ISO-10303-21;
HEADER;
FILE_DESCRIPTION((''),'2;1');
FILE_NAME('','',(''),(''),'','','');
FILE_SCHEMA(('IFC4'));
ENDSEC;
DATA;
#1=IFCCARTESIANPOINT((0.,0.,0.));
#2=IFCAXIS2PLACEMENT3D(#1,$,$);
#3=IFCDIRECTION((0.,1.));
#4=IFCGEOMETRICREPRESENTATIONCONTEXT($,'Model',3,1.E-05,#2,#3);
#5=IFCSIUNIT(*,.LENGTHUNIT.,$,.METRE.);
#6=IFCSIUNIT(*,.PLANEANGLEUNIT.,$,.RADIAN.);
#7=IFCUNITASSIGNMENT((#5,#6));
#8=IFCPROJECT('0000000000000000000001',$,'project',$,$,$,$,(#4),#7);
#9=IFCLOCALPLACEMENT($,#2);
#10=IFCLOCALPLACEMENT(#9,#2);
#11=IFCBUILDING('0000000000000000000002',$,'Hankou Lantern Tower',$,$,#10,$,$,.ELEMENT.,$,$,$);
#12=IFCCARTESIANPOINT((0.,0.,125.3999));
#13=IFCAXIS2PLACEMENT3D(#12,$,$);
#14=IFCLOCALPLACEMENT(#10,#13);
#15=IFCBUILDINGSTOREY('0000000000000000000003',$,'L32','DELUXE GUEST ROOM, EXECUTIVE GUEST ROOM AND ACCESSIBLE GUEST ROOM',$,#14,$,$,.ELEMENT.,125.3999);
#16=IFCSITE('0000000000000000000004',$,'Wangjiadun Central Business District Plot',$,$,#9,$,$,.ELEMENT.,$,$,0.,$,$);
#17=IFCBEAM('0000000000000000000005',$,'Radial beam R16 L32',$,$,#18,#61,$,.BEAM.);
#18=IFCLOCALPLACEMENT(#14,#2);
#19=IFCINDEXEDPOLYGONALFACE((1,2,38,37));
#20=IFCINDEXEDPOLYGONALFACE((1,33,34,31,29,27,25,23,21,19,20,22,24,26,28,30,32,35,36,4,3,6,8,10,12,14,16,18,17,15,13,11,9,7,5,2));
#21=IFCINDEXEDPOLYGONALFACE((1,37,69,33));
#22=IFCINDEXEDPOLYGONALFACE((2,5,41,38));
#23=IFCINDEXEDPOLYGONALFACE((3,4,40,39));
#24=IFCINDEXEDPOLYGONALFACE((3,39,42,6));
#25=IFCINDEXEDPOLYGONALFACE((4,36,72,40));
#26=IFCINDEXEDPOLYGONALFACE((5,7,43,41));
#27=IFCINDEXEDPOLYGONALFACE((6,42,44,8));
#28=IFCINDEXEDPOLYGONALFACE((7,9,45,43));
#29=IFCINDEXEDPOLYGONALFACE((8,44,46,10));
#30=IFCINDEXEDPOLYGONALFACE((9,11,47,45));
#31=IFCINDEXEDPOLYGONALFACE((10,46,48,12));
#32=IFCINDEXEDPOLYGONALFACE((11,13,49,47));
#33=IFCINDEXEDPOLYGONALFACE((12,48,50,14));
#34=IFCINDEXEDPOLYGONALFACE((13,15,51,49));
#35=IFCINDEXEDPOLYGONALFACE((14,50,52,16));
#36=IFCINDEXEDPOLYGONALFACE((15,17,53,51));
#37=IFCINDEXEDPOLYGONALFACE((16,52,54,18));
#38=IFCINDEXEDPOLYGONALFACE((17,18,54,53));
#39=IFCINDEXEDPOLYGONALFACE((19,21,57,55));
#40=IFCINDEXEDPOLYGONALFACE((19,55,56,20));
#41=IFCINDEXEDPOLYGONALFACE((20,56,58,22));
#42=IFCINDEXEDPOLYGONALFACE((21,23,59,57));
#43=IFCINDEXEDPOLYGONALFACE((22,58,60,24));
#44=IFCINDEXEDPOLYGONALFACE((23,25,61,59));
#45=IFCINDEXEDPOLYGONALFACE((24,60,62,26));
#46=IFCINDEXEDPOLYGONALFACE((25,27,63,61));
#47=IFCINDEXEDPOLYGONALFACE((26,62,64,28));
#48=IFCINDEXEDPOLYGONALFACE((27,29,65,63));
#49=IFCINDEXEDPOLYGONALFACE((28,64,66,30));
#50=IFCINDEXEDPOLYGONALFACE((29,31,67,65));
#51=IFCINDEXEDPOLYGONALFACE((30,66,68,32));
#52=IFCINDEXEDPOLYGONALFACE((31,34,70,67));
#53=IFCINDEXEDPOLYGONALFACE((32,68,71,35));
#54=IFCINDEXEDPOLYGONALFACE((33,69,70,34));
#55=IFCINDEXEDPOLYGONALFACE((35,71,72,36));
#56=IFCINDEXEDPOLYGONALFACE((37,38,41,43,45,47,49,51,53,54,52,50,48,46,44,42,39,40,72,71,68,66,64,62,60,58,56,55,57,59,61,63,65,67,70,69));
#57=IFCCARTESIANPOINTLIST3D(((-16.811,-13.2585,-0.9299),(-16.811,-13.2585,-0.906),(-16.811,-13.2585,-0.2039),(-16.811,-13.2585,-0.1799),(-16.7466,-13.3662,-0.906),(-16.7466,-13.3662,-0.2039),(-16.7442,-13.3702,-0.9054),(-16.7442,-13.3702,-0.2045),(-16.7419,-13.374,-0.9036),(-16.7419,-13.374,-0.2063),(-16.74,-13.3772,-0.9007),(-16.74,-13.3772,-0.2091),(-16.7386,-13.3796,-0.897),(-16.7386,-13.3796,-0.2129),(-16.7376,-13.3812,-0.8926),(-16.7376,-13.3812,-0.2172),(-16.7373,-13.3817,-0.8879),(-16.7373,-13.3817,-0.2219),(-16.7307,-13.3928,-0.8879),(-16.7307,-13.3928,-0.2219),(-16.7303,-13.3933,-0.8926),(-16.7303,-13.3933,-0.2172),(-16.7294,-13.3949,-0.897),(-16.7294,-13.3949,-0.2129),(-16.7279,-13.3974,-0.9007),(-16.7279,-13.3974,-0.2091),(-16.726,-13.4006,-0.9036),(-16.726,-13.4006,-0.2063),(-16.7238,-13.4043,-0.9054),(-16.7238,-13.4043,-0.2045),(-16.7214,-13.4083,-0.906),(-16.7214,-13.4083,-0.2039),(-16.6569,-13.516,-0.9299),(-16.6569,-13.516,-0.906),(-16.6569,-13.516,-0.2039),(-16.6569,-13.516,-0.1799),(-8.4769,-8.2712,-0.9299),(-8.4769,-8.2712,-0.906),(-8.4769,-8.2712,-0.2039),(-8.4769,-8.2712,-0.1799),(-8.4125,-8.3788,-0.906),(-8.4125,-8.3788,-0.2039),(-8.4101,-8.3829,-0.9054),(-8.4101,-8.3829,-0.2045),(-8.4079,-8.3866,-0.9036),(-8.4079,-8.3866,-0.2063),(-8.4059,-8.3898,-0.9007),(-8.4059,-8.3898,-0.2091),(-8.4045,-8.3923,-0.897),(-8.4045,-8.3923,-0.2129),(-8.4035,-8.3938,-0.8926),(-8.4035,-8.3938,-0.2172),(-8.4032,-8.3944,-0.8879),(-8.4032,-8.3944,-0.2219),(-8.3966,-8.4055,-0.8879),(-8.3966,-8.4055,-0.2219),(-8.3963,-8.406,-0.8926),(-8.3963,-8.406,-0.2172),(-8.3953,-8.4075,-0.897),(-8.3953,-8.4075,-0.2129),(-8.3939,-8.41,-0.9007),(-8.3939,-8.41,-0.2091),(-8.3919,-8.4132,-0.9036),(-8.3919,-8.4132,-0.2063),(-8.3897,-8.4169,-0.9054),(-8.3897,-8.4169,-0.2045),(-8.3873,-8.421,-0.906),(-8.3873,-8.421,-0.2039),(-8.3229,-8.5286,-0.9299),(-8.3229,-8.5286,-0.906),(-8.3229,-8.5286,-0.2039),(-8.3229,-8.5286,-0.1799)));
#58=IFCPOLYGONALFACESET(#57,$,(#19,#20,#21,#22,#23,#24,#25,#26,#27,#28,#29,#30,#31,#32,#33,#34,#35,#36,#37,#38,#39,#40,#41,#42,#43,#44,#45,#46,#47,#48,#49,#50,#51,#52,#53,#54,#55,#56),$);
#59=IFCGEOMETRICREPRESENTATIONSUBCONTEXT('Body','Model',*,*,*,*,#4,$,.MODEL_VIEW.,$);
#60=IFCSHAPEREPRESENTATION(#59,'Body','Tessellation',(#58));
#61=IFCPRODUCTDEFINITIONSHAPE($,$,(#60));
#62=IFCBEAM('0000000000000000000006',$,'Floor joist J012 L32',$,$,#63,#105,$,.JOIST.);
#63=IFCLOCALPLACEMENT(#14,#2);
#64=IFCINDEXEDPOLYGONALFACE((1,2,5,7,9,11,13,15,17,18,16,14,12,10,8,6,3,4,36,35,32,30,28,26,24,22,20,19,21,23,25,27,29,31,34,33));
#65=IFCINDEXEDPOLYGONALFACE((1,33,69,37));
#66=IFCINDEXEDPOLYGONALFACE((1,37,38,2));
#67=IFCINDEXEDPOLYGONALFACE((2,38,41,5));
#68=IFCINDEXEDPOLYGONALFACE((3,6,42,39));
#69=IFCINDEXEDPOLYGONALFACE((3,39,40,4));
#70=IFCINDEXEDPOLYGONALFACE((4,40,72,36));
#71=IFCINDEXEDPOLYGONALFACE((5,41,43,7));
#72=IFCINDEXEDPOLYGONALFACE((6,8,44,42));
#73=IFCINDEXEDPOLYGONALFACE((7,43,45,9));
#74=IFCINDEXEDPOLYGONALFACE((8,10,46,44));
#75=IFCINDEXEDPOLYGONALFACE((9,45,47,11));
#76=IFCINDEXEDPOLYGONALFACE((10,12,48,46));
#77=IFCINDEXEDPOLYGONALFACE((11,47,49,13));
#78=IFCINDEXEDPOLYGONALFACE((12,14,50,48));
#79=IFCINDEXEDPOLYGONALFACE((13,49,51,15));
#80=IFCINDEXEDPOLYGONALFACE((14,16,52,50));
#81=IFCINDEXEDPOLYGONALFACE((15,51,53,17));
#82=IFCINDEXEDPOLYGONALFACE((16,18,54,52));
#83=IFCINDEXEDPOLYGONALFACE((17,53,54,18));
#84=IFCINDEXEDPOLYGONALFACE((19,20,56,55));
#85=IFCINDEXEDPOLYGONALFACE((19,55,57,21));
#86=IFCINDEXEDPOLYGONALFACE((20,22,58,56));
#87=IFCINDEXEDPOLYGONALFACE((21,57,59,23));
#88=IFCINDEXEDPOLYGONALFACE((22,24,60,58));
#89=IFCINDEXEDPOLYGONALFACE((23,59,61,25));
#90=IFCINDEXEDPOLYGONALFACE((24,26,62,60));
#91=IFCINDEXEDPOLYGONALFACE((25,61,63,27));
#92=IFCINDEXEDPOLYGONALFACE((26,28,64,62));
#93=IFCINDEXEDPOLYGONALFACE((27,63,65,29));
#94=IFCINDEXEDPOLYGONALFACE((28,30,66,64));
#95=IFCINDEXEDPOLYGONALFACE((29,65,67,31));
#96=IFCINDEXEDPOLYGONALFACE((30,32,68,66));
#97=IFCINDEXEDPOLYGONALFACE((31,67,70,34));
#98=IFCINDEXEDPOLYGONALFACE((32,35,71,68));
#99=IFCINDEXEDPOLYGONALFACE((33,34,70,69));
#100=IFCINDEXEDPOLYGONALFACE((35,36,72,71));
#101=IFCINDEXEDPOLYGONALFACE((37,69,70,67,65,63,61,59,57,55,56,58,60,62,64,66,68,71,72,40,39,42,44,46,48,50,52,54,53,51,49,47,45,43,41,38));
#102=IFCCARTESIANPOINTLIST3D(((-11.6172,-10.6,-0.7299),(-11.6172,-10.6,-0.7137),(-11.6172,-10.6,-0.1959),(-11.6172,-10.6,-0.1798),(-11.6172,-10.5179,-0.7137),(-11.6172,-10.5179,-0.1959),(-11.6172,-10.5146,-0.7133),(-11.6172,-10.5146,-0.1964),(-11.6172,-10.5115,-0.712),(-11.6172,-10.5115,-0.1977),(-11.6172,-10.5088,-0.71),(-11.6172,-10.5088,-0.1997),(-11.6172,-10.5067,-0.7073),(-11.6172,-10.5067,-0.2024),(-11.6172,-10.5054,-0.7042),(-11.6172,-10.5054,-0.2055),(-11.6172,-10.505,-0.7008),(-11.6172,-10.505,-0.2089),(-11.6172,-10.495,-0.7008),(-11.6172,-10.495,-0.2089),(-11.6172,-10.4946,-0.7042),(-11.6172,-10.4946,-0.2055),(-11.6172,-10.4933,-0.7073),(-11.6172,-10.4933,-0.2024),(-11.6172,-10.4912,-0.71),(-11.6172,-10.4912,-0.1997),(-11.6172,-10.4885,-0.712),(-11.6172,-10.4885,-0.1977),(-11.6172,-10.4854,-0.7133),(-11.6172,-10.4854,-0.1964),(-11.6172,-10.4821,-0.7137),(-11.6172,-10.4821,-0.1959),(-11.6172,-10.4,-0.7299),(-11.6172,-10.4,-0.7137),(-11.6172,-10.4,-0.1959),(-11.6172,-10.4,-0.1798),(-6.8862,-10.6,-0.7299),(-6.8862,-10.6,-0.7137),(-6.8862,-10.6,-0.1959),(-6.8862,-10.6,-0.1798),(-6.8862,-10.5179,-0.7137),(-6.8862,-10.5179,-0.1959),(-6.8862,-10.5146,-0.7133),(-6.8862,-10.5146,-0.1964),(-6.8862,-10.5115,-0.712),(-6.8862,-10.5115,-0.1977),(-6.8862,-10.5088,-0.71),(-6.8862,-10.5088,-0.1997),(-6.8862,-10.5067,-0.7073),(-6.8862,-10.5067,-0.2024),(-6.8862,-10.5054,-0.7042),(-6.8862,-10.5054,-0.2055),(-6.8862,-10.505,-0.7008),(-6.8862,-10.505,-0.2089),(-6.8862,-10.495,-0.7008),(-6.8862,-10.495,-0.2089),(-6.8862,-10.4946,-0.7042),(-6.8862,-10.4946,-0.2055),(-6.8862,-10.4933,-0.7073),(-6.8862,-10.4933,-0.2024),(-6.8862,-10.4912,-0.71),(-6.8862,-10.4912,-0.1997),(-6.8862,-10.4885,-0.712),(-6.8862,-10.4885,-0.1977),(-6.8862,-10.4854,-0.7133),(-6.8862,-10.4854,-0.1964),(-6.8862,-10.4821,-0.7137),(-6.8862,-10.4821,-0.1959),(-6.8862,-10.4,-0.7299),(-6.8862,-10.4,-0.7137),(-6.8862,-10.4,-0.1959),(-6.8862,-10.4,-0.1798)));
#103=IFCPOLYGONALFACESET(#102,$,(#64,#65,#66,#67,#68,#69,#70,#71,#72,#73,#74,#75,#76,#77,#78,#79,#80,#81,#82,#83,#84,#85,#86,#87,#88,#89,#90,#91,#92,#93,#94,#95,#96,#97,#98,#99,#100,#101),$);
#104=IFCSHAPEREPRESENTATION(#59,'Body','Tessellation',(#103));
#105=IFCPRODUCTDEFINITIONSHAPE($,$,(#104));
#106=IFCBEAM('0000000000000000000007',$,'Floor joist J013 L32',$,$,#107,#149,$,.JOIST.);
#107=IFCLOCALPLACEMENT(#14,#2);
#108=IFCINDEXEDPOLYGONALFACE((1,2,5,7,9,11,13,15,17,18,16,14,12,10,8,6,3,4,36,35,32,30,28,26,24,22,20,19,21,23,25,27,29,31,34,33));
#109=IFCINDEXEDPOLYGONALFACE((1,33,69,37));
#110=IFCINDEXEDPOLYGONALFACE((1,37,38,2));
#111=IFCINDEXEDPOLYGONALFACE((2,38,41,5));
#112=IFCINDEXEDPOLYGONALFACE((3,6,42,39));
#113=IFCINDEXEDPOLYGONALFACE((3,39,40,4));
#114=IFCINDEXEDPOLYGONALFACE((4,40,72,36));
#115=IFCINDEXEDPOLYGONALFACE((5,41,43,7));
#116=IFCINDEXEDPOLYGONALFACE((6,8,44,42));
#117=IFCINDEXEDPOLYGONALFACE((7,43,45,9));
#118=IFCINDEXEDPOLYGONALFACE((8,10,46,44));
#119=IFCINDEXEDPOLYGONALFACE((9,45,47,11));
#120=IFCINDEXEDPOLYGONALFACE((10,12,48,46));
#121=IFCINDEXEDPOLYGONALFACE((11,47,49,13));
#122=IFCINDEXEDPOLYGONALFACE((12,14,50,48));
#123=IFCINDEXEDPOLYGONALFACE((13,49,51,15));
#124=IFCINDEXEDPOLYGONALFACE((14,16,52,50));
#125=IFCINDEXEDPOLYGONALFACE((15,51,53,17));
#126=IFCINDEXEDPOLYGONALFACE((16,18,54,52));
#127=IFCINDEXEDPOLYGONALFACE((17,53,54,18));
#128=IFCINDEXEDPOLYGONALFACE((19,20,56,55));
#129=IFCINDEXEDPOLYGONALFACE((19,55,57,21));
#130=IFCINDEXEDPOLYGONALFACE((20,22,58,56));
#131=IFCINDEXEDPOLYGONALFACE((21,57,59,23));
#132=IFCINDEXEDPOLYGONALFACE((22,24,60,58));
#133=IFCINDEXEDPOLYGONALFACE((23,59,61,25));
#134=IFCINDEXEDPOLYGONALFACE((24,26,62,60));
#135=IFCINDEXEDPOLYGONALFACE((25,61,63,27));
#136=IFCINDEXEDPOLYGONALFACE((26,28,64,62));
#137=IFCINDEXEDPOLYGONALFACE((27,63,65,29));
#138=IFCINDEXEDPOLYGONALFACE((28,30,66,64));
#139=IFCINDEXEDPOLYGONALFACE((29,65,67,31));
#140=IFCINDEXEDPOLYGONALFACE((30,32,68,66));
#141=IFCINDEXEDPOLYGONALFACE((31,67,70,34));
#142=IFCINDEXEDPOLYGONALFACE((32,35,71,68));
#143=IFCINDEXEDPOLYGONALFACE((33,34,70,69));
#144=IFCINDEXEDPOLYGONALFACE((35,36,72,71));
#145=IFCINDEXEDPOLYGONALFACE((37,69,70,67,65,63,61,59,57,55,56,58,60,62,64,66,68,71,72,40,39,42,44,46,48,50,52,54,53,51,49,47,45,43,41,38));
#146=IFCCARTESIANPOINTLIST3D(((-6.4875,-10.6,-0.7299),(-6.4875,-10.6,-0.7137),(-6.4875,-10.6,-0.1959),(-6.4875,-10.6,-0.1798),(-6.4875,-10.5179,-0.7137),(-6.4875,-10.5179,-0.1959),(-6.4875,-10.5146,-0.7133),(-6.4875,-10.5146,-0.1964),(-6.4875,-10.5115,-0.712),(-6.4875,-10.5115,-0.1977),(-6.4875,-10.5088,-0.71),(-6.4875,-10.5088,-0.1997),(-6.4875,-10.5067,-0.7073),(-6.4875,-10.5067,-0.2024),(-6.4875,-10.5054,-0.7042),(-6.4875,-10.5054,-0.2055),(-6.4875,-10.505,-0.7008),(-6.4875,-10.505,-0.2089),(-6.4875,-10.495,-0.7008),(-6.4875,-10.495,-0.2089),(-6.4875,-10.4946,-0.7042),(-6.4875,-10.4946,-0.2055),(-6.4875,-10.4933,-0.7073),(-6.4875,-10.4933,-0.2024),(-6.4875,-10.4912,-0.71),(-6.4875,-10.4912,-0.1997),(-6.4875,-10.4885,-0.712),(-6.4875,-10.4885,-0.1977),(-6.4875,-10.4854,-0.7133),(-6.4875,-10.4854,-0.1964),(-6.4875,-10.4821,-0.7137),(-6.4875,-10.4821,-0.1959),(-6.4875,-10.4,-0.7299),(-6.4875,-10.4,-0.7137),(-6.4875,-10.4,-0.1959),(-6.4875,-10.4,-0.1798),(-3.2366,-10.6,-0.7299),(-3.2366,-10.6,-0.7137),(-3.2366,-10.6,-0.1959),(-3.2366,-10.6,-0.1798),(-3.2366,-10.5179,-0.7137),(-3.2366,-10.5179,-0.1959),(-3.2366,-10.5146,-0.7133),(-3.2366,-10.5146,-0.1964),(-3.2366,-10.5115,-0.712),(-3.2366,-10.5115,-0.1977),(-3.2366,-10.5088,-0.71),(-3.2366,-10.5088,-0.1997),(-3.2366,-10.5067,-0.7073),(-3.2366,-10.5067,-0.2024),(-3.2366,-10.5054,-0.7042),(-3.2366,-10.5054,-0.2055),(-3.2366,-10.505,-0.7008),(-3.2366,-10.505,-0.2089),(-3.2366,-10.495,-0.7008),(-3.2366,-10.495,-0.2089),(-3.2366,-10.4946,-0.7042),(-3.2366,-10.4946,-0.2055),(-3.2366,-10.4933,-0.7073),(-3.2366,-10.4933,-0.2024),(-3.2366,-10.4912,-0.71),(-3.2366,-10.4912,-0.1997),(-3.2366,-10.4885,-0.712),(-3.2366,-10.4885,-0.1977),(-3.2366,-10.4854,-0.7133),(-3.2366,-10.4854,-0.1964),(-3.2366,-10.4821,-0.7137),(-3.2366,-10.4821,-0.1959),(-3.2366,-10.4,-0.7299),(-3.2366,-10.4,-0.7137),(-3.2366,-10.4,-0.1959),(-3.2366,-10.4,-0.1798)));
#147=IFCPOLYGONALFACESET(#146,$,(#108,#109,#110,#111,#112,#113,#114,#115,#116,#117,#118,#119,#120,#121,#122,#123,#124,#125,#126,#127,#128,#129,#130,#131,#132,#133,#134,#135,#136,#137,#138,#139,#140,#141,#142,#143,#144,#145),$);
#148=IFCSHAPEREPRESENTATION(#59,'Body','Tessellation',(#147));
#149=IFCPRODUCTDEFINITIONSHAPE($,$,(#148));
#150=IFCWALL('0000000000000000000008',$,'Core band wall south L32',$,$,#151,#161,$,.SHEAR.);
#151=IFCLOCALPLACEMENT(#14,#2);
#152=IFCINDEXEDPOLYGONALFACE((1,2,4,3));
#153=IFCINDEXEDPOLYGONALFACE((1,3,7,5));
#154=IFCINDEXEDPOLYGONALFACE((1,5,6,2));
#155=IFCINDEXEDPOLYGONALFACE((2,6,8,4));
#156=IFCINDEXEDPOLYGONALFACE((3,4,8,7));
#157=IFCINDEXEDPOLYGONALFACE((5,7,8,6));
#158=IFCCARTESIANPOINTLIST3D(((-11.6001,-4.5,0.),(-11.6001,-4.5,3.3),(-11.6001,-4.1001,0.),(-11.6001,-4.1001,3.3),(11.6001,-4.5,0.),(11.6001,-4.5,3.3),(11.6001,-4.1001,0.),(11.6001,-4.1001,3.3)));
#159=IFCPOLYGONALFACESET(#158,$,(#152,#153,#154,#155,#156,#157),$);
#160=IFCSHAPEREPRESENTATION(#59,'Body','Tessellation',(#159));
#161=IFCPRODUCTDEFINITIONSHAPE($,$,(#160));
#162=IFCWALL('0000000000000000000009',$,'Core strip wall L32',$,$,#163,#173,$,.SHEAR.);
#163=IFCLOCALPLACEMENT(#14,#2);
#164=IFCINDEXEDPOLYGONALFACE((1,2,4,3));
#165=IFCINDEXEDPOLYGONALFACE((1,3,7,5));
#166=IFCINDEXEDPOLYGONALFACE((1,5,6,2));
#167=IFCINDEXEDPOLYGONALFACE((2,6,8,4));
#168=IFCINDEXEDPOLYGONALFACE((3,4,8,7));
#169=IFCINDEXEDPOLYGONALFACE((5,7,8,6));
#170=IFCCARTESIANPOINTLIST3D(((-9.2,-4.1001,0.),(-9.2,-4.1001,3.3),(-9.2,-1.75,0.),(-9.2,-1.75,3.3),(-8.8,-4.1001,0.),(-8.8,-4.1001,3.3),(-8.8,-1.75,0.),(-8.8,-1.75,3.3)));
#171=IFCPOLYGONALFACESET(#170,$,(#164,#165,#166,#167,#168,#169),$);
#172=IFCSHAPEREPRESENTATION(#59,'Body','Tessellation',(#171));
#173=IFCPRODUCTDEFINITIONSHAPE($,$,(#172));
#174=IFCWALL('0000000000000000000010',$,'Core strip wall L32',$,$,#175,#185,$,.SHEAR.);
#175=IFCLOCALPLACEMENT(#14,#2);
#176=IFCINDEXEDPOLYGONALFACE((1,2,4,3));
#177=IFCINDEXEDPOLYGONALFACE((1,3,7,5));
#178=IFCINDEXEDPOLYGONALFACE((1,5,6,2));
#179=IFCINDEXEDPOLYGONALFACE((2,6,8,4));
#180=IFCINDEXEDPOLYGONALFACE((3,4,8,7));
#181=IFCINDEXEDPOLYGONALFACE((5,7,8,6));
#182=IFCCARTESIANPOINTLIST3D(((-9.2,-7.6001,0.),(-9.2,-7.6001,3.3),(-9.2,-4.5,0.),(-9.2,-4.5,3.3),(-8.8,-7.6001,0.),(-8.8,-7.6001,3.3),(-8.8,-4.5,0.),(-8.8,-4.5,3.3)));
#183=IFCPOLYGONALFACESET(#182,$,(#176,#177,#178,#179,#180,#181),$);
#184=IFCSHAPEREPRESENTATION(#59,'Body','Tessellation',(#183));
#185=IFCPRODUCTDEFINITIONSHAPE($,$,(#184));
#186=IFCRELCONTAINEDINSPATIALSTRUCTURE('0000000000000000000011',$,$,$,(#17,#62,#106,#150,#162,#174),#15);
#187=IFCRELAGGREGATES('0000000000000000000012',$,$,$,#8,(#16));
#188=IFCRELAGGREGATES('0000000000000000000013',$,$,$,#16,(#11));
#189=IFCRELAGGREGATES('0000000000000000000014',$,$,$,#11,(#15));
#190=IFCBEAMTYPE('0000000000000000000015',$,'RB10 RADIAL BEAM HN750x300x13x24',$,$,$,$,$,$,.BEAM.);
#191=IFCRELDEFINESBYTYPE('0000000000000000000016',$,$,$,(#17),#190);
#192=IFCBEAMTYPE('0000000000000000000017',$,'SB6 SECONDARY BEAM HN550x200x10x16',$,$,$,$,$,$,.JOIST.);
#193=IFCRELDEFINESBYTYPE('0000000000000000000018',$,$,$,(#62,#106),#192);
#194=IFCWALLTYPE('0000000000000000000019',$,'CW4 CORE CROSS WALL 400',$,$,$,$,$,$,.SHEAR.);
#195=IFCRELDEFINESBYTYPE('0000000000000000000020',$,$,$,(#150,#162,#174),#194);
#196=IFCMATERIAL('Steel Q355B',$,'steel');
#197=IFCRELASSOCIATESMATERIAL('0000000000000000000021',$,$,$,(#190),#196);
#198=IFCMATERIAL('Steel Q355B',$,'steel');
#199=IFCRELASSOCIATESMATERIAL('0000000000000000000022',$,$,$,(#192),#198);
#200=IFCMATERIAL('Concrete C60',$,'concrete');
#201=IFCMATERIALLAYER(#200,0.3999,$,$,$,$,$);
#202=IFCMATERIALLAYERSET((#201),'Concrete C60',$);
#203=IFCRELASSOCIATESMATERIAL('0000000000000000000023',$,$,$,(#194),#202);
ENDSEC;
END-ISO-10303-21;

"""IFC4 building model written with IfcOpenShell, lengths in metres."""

from ifc_helpers import new_model, si_unit, direction, frame, frame_2d, origin, origin_2d, place, context, subcontext, project, spatial, rectangle, i_section, extrude, material, layer, layer_set, material_profile, profile_set, type_object, element, save


model = new_model("IFC4")

# Units and contexts
model_context = context("Model", 3, precision=1e-05, world=origin(), true_north=direction((0.0, 1.0)))
body_context = subcontext(model_context, "Body", "Model", "MODEL_VIEW")
ifc_project = project(units=[si_unit("LENGTHUNIT", "METRE"), si_unit("PLANEANGLEUNIT", "RADIAN")], contexts=[model_context])

# Site, building, storey
site_placement = place(None, origin())
site = spatial("IfcSite", under=ifc_project, at=site_placement, Name="Wangjiadun Central Business District Plot", CompositionType="ELEMENT", RefElevation=0.0)
building_placement = place(site_placement, origin())
building = spatial("IfcBuilding", under=site, at=building_placement, Name="Hankou Lantern Tower", CompositionType="ELEMENT")
storey_placement = place(building_placement, frame((0.0, 0.0, 125.3999)))
storey = spatial("IfcBuildingStorey", under=building, at=storey_placement, Name="L32", Description="DELUXE GUEST ROOM, EXECUTIVE GUEST ROOM AND ACCESSIBLE GUEST ROOM", CompositionType="ELEMENT", Elevation=125.3999)

# Beams
ifc_material_1 = material(Name="Steel Q355B", Category="steel")
ifc_material_profile_1 = material_profile(ifc_material_1, i_section(OverallWidth=0.3, OverallDepth=0.75, WebThickness=0.0129, FlangeThickness=0.0239, FilletRadius=0.0181, at=origin_2d()), Name="HN750x300x13x24")
ifc_profile_set_1 = profile_set([ifc_material_profile_1], Name="Steel Q355B")
beam_type_1 = type_object("IfcBeamType", Name="RB10 RADIAL BEAM HN750x300x13x24", PredefinedType="BEAM", material=ifc_profile_set_1)
beam_1_placement = place(storey_placement, frame((-8.3999, -8.3999, -0.5549), z_axis=(-0.858087, -0.513505, 0.0), x_axis=(0.513505, -0.858087, 0.0)))
element("IfcBeam", 1, at=beam_1_placement, inside=storey, type_object=beam_type_1, Name="Radial beam R16 L32", PredefinedType="BEAM", context=body_context, shape_type="SweptSolid", body=[
    extrude(i_section(OverallWidth=0.3, OverallDepth=0.75, WebThickness=0.0129, FlangeThickness=0.0239, FilletRadius=0.0181, at=origin_2d()), origin(), (0.0, 0.0, 1.0), 9.7124),
])
ifc_material_2 = material(Name="Steel Q355B", Category="steel")
ifc_material_profile_2 = material_profile(ifc_material_2, i_section(OverallWidth=0.2, OverallDepth=0.55, WebThickness=0.01, FlangeThickness=0.0161, FilletRadius=0.0129, at=origin_2d()), Name="HN550x200x10x16")
ifc_profile_set_2 = profile_set([ifc_material_profile_2], Name="Steel Q355B")
beam_type_2 = type_object("IfcBeamType", Name="SB6 SECONDARY BEAM HN550x200x10x16", PredefinedType="JOIST", material=ifc_profile_set_2)
beam_2_placement = place(storey_placement, frame((-11.6172, -10.5, -0.4548), z_axis=(1.0, 0.0, 0.0), x_axis=(0.0, 1.0, 0.0)))
element("IfcBeam", 2, at=beam_2_placement, inside=storey, type_object=beam_type_2, Name="Floor joist J012 L32", PredefinedType="JOIST", context=body_context, shape_type="SweptSolid", body=[
    extrude(i_section(OverallWidth=0.2, OverallDepth=0.55, WebThickness=0.01, FlangeThickness=0.0161, FilletRadius=0.0129, at=origin_2d()), origin(), (0.0, 0.0, 1.0), 4.731),
])
beam_3_placement = place(storey_placement, frame((-6.4875, -10.5, -0.4548), z_axis=(1.0, 0.0, 0.0), x_axis=(0.0, 1.0, 0.0)))
element("IfcBeam", 3, at=beam_3_placement, inside=storey, type_object=beam_type_2, Name="Floor joist J013 L32", PredefinedType="JOIST", context=body_context, shape_type="SweptSolid", body=[
    extrude(i_section(OverallWidth=0.2, OverallDepth=0.55, WebThickness=0.01, FlangeThickness=0.0161, FilletRadius=0.0129, at=origin_2d()), origin(), (0.0, 0.0, 1.0), 3.251),
])

# Walls
ifc_material_3 = material(Name="Concrete C60", Category="concrete")
ifc_layer_1 = layer(ifc_material_3, 0.3999)
ifc_layer_set_1 = layer_set([ifc_layer_1], Name="Concrete C60")
wall_type_1 = type_object("IfcWallType", Name="CW4 CORE CROSS WALL 400", PredefinedType="SHEAR", material=ifc_layer_set_1)
wall_1_placement = place(storey_placement, frame((-11.6001, -4.3, 0.0), z_axis=(0.0, 0.0, 1.0), x_axis=(1.0, 0.0, 0.0)))
element("IfcWall", 4, at=wall_1_placement, inside=storey, type_object=wall_type_1, Name="Core band wall south L32", PredefinedType="SHEAR", context=body_context, shape_type="SweptSolid", body=[
    extrude(rectangle(XDim=23.2002, YDim=0.3999, at=frame_2d((11.6001, 0.0))), origin(), (0.0, 0.0, 1.0), 3.3),
])
wall_2_placement = place(storey_placement, frame((-9.0, -4.1001, 0.0), z_axis=(0.0, 0.0, 1.0), x_axis=(0.0, 1.0, 0.0)))
element("IfcWall", 5, at=wall_2_placement, inside=storey, type_object=wall_type_1, Name="Core strip wall L32", PredefinedType="SHEAR", context=body_context, shape_type="SweptSolid", body=[
    extrude(rectangle(XDim=2.3501, YDim=0.3999, at=frame_2d((1.175, 0.0))), origin(), (0.0, 0.0, 1.0), 3.3),
])
wall_3_placement = place(storey_placement, frame((-9.0, -7.6001, 0.0), z_axis=(0.0, 0.0, 1.0), x_axis=(0.0, 1.0, 0.0)))
element("IfcWall", 6, at=wall_3_placement, inside=storey, type_object=wall_type_1, Name="Core strip wall L32", PredefinedType="SHEAR", context=body_context, shape_type="SweptSolid", body=[
    extrude(rectangle(XDim=3.1001, YDim=0.3999, at=frame_2d((1.55, 0.0))), origin(), (0.0, 0.0, 1.0), 3.3),
])

save(model, "model.ifc")
